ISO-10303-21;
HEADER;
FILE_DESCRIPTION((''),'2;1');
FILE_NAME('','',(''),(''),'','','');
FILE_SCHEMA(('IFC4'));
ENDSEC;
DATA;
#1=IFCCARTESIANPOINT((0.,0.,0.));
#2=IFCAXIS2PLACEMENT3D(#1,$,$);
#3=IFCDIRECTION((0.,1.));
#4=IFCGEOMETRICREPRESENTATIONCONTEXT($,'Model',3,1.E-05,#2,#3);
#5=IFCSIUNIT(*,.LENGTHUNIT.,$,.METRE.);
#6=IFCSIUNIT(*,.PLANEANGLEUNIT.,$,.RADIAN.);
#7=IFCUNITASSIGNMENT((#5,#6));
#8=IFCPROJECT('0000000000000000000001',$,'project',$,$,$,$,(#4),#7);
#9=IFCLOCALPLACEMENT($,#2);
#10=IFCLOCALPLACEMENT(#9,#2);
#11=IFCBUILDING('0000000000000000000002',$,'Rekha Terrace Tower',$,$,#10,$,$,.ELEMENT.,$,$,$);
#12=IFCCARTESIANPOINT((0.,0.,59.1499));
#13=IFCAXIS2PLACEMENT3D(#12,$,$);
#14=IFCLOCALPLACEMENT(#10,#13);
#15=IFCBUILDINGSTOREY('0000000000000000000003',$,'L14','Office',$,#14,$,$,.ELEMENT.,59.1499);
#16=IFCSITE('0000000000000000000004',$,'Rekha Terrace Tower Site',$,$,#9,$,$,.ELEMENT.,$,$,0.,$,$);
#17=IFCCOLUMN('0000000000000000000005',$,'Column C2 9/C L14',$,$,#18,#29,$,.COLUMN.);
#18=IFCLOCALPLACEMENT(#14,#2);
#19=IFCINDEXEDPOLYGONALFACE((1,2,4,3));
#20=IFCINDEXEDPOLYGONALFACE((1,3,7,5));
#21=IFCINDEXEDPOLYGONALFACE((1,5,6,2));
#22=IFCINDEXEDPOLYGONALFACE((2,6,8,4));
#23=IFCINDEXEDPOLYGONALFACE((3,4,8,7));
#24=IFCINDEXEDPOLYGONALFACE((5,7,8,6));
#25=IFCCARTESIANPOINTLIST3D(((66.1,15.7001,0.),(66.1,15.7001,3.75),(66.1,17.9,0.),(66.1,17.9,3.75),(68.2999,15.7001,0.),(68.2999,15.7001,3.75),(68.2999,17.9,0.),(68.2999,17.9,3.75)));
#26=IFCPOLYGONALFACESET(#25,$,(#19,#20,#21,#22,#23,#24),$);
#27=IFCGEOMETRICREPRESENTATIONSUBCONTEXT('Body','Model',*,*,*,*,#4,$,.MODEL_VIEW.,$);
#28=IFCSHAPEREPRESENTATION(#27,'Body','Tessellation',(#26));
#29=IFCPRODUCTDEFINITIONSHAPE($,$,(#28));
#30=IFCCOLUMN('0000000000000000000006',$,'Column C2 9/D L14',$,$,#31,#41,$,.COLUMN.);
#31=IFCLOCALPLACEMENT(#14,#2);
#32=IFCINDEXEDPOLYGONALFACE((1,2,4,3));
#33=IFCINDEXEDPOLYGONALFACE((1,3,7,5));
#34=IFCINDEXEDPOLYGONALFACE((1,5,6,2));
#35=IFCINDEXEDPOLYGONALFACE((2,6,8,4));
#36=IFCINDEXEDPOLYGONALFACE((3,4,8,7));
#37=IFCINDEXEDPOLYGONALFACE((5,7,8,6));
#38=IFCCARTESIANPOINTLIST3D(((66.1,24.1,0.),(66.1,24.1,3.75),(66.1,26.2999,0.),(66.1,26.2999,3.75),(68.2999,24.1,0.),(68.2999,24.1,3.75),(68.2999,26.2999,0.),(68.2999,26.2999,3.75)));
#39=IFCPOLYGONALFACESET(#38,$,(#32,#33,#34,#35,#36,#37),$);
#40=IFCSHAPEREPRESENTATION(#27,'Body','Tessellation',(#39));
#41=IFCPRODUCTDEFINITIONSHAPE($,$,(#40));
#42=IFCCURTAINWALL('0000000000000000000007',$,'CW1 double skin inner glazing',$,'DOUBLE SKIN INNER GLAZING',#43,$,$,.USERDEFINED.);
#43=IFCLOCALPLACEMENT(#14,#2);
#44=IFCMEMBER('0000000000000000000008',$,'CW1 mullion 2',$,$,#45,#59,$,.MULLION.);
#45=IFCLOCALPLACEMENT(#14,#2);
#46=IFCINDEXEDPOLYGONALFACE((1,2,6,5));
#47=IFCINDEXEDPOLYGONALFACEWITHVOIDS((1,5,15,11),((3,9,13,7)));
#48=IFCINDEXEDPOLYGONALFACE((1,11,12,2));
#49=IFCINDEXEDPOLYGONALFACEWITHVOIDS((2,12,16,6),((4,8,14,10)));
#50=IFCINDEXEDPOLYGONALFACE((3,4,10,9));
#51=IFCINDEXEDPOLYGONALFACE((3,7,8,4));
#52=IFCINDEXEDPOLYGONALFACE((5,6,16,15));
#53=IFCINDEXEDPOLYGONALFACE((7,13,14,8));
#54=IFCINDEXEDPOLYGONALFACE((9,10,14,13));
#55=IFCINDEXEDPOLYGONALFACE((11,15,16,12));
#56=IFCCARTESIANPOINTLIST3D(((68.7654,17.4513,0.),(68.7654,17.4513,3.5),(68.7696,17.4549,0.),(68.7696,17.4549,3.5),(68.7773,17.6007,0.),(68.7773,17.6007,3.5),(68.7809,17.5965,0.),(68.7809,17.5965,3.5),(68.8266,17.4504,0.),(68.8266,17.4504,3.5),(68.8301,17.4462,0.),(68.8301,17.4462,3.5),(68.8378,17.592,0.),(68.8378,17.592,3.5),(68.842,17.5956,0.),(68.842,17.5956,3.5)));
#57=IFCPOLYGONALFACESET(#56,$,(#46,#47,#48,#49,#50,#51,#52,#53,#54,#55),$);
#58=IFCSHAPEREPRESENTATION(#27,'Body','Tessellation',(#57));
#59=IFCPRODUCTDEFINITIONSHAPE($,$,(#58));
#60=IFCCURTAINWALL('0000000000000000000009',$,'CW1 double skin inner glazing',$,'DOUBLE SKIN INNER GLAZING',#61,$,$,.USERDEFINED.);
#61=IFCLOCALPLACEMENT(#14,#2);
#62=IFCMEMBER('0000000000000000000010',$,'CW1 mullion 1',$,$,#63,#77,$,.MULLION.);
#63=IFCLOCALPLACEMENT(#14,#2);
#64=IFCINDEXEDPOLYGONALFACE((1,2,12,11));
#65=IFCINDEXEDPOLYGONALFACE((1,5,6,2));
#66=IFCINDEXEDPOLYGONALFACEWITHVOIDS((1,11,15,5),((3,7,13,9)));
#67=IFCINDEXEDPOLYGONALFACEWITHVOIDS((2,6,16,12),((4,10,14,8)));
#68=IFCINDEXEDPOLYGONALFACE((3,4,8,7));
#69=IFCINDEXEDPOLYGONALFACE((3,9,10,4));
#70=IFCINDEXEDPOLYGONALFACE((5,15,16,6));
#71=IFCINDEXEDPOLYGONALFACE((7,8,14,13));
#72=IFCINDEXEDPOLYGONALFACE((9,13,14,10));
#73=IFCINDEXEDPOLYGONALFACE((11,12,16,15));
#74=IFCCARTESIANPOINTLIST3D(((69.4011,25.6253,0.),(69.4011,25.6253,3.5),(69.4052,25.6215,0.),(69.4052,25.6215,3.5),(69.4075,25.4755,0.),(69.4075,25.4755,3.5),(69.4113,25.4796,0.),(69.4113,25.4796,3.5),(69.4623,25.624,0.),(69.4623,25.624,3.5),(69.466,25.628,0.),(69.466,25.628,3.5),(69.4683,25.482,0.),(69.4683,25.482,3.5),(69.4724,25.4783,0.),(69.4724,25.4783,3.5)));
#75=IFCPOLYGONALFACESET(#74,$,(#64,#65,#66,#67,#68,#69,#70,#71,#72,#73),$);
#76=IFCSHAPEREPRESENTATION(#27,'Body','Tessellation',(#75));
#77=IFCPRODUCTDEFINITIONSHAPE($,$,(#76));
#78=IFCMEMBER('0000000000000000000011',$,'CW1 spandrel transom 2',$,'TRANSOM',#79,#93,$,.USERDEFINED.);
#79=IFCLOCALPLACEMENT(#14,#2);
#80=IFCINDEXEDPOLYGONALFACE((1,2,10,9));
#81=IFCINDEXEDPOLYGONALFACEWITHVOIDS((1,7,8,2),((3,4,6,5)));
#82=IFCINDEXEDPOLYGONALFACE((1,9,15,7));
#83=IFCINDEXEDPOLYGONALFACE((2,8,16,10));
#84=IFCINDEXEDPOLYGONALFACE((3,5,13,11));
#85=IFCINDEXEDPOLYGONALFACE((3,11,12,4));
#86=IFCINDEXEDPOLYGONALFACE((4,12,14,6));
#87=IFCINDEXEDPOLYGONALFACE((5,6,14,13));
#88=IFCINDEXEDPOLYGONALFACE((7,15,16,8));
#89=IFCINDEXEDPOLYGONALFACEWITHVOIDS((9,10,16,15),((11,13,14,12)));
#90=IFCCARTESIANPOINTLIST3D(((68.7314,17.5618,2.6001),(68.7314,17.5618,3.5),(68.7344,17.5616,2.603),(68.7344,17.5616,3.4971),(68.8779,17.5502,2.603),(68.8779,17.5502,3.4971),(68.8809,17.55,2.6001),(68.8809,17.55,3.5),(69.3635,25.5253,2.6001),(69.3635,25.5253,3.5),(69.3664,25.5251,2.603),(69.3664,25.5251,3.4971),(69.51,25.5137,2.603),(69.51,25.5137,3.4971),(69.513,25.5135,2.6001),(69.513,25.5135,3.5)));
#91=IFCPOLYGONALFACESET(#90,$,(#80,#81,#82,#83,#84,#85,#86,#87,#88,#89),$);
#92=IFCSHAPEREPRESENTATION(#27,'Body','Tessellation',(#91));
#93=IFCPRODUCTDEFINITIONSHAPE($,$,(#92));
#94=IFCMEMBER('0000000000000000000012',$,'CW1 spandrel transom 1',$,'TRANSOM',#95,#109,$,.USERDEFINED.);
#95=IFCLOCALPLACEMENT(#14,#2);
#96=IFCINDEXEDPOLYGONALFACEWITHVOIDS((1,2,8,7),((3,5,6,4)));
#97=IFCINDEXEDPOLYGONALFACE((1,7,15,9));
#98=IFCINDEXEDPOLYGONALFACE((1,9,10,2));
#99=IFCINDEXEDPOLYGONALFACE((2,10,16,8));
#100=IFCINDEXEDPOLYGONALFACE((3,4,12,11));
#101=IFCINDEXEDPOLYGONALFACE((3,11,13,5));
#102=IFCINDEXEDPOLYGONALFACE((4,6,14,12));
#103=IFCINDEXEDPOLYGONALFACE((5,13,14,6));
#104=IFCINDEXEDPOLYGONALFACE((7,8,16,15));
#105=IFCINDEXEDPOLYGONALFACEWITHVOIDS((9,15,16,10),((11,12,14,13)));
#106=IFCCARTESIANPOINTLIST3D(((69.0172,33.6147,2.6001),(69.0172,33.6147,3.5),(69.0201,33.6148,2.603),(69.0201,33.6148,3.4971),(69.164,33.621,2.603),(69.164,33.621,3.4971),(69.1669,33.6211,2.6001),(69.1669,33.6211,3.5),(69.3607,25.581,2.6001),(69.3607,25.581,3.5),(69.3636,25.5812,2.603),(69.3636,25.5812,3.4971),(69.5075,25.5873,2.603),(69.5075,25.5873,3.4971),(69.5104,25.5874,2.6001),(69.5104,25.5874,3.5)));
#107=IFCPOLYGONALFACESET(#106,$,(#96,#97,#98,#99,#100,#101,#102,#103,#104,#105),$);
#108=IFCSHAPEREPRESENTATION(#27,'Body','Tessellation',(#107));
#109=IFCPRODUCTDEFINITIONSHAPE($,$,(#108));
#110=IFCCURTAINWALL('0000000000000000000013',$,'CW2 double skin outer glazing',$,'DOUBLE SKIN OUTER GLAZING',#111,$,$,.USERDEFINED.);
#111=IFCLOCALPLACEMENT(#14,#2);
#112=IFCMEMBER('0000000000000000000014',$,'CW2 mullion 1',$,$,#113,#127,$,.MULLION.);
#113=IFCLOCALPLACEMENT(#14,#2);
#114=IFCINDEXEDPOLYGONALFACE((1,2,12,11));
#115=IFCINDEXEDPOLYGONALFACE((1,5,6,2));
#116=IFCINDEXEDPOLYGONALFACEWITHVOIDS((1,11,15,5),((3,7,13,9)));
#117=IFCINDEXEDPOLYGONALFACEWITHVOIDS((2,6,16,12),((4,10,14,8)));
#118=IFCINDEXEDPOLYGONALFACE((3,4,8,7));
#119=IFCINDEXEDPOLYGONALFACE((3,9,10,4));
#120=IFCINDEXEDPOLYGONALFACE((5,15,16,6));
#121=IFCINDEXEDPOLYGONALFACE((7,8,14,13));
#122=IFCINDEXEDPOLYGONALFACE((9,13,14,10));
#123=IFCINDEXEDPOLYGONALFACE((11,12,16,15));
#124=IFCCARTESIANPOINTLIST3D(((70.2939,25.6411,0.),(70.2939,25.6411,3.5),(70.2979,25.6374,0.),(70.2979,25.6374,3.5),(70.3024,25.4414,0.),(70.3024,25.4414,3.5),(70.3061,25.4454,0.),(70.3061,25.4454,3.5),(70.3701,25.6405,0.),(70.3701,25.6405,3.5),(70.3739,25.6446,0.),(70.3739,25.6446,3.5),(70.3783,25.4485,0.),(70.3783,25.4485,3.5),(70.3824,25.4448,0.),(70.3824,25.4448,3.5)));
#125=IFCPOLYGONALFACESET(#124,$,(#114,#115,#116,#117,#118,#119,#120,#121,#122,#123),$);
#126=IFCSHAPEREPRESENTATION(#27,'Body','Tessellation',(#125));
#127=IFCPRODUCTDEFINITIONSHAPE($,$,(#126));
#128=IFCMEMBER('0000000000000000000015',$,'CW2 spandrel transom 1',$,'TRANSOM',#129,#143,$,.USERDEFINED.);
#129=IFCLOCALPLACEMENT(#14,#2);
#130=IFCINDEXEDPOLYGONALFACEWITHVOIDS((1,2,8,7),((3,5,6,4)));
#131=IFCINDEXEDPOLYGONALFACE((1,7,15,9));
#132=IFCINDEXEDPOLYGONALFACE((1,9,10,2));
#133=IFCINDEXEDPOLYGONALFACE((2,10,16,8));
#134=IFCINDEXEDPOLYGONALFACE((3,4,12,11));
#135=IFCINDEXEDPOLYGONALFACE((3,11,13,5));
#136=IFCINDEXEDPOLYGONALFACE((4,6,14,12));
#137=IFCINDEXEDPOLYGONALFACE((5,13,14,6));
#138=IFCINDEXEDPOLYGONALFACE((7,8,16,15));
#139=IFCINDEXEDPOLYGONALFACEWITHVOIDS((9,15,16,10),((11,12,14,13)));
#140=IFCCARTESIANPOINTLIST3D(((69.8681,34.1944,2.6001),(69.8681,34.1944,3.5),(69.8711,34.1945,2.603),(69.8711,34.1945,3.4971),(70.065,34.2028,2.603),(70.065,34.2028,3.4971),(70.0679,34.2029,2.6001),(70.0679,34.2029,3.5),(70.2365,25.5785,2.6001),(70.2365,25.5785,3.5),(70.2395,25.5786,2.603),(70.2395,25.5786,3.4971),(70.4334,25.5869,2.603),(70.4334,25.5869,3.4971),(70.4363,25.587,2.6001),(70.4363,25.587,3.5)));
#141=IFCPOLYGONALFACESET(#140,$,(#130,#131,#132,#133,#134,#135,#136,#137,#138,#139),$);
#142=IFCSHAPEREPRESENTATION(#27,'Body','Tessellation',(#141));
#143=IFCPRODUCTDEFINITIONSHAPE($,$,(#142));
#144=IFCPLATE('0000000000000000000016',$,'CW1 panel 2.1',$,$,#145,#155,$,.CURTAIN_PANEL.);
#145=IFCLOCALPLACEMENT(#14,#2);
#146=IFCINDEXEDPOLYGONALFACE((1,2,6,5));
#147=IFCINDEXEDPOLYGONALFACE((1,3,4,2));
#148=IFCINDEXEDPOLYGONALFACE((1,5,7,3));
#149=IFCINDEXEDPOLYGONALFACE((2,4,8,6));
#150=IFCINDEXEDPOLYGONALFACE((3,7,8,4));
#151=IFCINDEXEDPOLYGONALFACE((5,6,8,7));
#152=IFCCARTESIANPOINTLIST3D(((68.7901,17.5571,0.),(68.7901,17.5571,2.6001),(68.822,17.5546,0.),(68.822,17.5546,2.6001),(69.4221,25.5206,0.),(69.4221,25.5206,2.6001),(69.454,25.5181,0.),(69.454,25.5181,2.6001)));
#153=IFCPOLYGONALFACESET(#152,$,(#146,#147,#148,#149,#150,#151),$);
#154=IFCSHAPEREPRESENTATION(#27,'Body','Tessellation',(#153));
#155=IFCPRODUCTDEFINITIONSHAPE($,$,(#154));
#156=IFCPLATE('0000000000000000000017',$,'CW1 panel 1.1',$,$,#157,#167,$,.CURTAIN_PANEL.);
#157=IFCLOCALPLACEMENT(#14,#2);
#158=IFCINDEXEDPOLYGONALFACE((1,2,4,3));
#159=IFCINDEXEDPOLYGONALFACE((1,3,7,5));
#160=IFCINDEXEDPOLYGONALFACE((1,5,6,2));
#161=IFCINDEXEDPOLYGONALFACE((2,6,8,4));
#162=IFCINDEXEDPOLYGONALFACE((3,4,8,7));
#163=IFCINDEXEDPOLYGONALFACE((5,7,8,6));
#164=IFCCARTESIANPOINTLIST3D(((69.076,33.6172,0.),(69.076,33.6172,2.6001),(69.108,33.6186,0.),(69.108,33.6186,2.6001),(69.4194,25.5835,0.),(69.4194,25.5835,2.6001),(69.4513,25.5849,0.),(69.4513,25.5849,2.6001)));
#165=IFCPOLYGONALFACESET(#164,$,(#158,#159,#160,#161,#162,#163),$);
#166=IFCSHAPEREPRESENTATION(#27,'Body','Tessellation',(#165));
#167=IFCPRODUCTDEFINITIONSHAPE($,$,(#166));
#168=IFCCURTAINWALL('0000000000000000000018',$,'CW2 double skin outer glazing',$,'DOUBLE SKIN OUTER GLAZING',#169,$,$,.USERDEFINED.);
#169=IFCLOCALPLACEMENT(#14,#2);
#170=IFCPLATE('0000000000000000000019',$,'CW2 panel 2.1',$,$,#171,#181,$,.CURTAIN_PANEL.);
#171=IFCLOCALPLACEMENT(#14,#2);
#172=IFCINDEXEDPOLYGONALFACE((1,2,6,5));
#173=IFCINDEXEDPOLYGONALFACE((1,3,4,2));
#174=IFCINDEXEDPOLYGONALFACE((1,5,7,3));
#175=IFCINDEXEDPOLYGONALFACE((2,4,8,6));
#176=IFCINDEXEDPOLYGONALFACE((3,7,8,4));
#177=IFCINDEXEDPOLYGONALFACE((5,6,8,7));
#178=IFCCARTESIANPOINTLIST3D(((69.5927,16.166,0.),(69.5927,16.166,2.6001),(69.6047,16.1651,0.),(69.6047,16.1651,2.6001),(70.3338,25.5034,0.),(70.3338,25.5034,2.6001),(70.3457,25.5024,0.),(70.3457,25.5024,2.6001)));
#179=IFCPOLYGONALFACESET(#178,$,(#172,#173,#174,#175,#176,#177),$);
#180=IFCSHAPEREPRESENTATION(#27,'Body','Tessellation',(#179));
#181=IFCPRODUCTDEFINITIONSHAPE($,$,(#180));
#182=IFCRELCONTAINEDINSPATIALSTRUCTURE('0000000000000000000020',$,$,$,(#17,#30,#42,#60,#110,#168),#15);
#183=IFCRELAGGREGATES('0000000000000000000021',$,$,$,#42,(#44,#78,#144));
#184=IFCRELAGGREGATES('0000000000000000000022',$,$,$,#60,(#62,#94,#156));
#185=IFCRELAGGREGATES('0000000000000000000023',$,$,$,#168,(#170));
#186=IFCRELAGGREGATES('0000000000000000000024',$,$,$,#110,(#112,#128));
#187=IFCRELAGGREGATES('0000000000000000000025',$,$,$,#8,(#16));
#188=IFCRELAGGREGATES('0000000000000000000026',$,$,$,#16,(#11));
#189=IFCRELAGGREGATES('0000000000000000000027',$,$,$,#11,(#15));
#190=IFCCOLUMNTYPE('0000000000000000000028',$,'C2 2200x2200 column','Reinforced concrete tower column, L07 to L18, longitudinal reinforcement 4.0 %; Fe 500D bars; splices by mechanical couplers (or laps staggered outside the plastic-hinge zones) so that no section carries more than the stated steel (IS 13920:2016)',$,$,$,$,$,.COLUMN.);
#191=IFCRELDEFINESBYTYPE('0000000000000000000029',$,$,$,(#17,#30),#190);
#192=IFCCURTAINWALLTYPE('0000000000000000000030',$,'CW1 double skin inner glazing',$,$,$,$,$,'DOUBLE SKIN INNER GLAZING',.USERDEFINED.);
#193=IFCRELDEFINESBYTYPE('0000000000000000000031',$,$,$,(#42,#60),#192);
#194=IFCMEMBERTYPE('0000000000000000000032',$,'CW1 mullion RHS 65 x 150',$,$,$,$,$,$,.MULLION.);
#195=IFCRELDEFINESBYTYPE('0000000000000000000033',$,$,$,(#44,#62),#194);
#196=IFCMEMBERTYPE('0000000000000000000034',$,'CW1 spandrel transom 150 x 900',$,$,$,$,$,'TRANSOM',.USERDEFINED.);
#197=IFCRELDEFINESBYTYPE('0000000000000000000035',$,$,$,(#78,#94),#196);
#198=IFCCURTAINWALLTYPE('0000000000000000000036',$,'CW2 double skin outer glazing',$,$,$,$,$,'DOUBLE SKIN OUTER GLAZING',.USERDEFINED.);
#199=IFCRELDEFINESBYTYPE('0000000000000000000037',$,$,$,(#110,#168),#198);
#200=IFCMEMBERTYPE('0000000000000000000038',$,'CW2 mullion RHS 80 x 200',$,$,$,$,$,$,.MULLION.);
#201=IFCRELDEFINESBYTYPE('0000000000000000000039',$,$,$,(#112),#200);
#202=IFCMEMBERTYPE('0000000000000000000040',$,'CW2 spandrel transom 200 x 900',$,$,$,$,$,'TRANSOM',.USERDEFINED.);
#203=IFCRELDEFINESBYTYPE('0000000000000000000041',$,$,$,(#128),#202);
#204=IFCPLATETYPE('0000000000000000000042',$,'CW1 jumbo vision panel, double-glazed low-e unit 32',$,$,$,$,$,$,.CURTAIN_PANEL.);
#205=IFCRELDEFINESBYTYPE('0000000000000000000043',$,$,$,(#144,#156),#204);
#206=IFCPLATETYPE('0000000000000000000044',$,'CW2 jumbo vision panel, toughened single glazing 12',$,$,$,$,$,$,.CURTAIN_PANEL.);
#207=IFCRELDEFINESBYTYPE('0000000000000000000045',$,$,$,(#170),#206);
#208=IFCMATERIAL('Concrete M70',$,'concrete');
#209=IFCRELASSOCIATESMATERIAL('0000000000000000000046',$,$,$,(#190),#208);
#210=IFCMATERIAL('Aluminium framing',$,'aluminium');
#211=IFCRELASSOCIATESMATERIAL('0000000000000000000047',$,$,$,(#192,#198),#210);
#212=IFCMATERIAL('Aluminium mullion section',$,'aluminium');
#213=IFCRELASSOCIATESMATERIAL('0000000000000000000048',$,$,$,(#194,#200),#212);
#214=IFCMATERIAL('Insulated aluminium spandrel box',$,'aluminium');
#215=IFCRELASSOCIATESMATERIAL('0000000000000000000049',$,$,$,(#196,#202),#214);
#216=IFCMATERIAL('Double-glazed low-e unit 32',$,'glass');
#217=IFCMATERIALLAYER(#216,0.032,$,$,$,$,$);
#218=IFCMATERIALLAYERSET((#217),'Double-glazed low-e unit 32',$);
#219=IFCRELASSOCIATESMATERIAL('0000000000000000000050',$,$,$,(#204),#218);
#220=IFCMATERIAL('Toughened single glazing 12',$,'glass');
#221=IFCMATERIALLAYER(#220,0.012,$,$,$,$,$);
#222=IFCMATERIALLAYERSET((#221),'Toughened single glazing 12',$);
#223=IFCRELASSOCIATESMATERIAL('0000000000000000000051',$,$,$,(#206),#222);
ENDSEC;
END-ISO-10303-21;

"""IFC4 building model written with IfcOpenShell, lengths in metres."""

from ifc_helpers import new_model, si_unit, direction, frame, origin, origin_2d, place, context, subcontext, project, spatial, rectangle, hollow_rectangle, extrude, material, layer, layer_set, material_profile, profile_set, type_object, element, aggregate, save


model = new_model("IFC4")

# Units and contexts
model_context = context("Model", 3, precision=1e-05, world=origin(), true_north=direction((0.0, 1.0)))
body_context = subcontext(model_context, "Body", "Model", "MODEL_VIEW")
ifc_project = project(units=[si_unit("LENGTHUNIT", "METRE"), si_unit("PLANEANGLEUNIT", "RADIAN")], contexts=[model_context])

# Site, building, storey
site_placement = place(None, origin())
site = spatial("IfcSite", under=ifc_project, at=site_placement, Name="Rekha Terrace Tower Site", CompositionType="ELEMENT", RefElevation=0.0)
building_placement = place(site_placement, origin())
building = spatial("IfcBuilding", under=site, at=building_placement, Name="Rekha Terrace Tower", CompositionType="ELEMENT")
storey_placement = place(building_placement, frame((0.0, 0.0, 59.1499)))
storey = spatial("IfcBuildingStorey", under=building, at=storey_placement, Name="L14", Description="Office", CompositionType="ELEMENT", Elevation=59.1499)

# Columns
ifc_material_1 = material(Name="Concrete M70", Category="concrete")
ifc_material_profile_1 = material_profile(ifc_material_1, rectangle(XDim=2.2, YDim=2.2, at=origin_2d()), Name="RC 2200x2200")
ifc_profile_set_1 = profile_set([ifc_material_profile_1], Name="Concrete M70")
column_type = type_object("IfcColumnType", Name="C2 2200x2200 column", Description="Reinforced concrete tower column, L07 to L18, longitudinal reinforcement 4.0 %; Fe 500D bars; splices by mechanical couplers (or laps staggered outside the plastic-hinge zones) so that no section carries more than the stated steel (IS 13920:2016)", PredefinedType="COLUMN", material=ifc_profile_set_1)
for number, where, z_axis, x_axis, name in (
    (1, (67.2, 16.8, 0.0), (0.0, 0.0, 1.0), (1.0, 0.0, 0.0), "Column C2 9/C L14"),
    (2, (67.2, 25.2, 0.0), (0.0, 0.0, 1.0), (1.0, 0.0, 0.0), "Column C2 9/D L14"),
):
    element("IfcColumn", number, at=place(storey_placement, frame(where, z_axis=z_axis, x_axis=x_axis)), inside=storey, type_object=column_type, Name=name, PredefinedType="COLUMN", context=body_context, shape_type="SweptSolid", body=[
        extrude(rectangle(XDim=2.2, YDim=2.2, at=origin_2d()), origin(), (0.0, 0.0, 1.0), 3.75),
    ])

# Curtain walls, members
ifc_material_2 = material(Name="Aluminium framing", Category="aluminium")
curtain_wall_type_1 = type_object("IfcCurtainWallType", Name="CW1 double skin inner glazing", ElementType="DOUBLE SKIN INNER GLAZING", PredefinedType="USERDEFINED", material=ifc_material_2)
curtain_wall_1_placement = place(storey_placement, origin())
curtain_wall_1 = element("IfcCurtainWall", 3, at=curtain_wall_1_placement, inside=storey, type_object=curtain_wall_type_1, Name="CW1 double skin inner glazing", ObjectType="DOUBLE SKIN INNER GLAZING", PredefinedType="USERDEFINED")
ifc_material_3 = material(Name="Aluminium mullion section", Category="aluminium")
ifc_material_profile_2 = material_profile(ifc_material_3, hollow_rectangle(XDim=0.0649, YDim=0.1499, WallThickness=0.0039, at=origin_2d()), Name="AL RHS 65x150")
ifc_profile_set_2 = profile_set([ifc_material_profile_2], Name="Aluminium mullion section")
member_type_1 = type_object("IfcMemberType", Name="CW1 mullion RHS 65 x 150", PredefinedType="MULLION", material=ifc_profile_set_2)
member_1_placement = place(storey_placement, frame((68.8037, 17.5234, 0.0), z_axis=(0.0, 0.0, 1.0), x_axis=(-0.996865, 0.079116, 0.0)))
member_1 = element("IfcMember", 4, at=member_1_placement, type_object=member_type_1, Name="CW1 mullion 2", PredefinedType="MULLION", context=body_context, shape_type="SweptSolid", body=[
    extrude(hollow_rectangle(XDim=0.0649, YDim=0.1499, WallThickness=0.0039, at=origin_2d()), origin(), (0.0, 0.0, 1.0), 3.5),
])
curtain_wall_2_placement = place(storey_placement, origin())
curtain_wall_2 = element("IfcCurtainWall", 5, at=curtain_wall_2_placement, inside=storey, type_object=curtain_wall_type_1, Name="CW1 double skin inner glazing", ObjectType="DOUBLE SKIN INNER GLAZING", PredefinedType="USERDEFINED")
member_2_placement = place(storey_placement, frame((69.4368, 25.5518, 0.0), z_axis=(0.0, 0.0, 1.0), x_axis=(-0.999088, -0.042696, 0.0)))
member_2 = element("IfcMember", 6, at=member_2_placement, type_object=member_type_1, Name="CW1 mullion 1", PredefinedType="MULLION", context=body_context, shape_type="SweptSolid", body=[
    extrude(hollow_rectangle(XDim=0.0649, YDim=0.1499, WallThickness=0.0039, at=origin_2d()), origin(), (0.0, 0.0, 1.0), 3.5),
])

# Members
ifc_material_4 = material(Name="Insulated aluminium spandrel box", Category="aluminium")
ifc_material_profile_3 = material_profile(ifc_material_4, hollow_rectangle(XDim=0.1499, YDim=0.8999, WallThickness=0.0029, at=origin_2d()), Name="AL SPANDREL BOX 150x900")
ifc_profile_set_3 = profile_set([ifc_material_profile_3], Name="Insulated aluminium spandrel box")
member_type_2 = type_object("IfcMemberType", Name="CW1 spandrel transom 150 x 900", ElementType="TRANSOM", PredefinedType="USERDEFINED", material=ifc_profile_set_3)
member_3_placement = place(storey_placement, frame((68.8062, 17.5559, 3.05), z_axis=(0.079124, 0.996865, 0.0), x_axis=(-0.996865, 0.079124, 0.0)))
member_3 = element("IfcMember", 7, at=member_3_placement, type_object=member_type_2, Name="CW1 spandrel transom 2", ObjectType="TRANSOM", PredefinedType="USERDEFINED", context=body_context, shape_type="SweptSolid", body=[
    extrude(hollow_rectangle(XDim=0.1499, YDim=0.8999, WallThickness=0.0029, at=origin_2d()), origin(), (0.0, 0.0, 1.0), 7.9885),
])
member_4_placement = place(storey_placement, frame((69.4355, 25.5842, 3.05), z_axis=(-0.042719, 0.999087, 0.0), x_axis=(-0.999087, -0.042719, 0.0)))
member_4 = element("IfcMember", 8, at=member_4_placement, type_object=member_type_2, Name="CW1 spandrel transom 1", ObjectType="TRANSOM", PredefinedType="USERDEFINED", context=body_context, shape_type="SweptSolid", body=[
    extrude(hollow_rectangle(XDim=0.1499, YDim=0.8999, WallThickness=0.0029, at=origin_2d()), origin(), (0.0, 0.0, 1.0), 8.041),
])

# Curtain wall, members
curtain_wall_type_2 = type_object("IfcCurtainWallType", Name="CW2 double skin outer glazing", ElementType="DOUBLE SKIN OUTER GLAZING", PredefinedType="USERDEFINED", material=ifc_material_2)
curtain_wall_3_placement = place(storey_placement, origin())
curtain_wall_3 = element("IfcCurtainWall", 9, at=curtain_wall_3_placement, inside=storey, type_object=curtain_wall_type_2, Name="CW2 double skin outer glazing", ObjectType="DOUBLE SKIN OUTER GLAZING", PredefinedType="USERDEFINED")
ifc_material_profile_4 = material_profile(ifc_material_3, hollow_rectangle(XDim=0.0801, YDim=0.2, WallThickness=0.0039, at=origin_2d()), Name="AL RHS 80x200")
ifc_profile_set_4 = profile_set([ifc_material_profile_4], Name="Aluminium mullion section")
member_type_3 = type_object("IfcMemberType", Name="CW2 mullion RHS 80 x 200", PredefinedType="MULLION", material=ifc_profile_set_4)
member_5_placement = place(storey_placement, frame((70.3381, 25.543, 0.0), z_axis=(0.0, 0.0, 1.0), x_axis=(-0.999088, -0.042696, 0.0)))
member_5 = element("IfcMember", 10, at=member_5_placement, type_object=member_type_3, Name="CW2 mullion 1", PredefinedType="MULLION", context=body_context, shape_type="SweptSolid", body=[
    extrude(hollow_rectangle(XDim=0.0801, YDim=0.2, WallThickness=0.0039, at=origin_2d()), origin(), (0.0, 0.0, 1.0), 3.5),
])
ifc_material_profile_5 = material_profile(ifc_material_4, hollow_rectangle(XDim=0.2, YDim=0.8999, WallThickness=0.0029, at=origin_2d()), Name="AL SPANDREL BOX 200x900")
ifc_profile_set_5 = profile_set([ifc_material_profile_5], Name="Insulated aluminium spandrel box")
member_type_4 = type_object("IfcMemberType", Name="CW2 spandrel transom 200 x 900", ElementType="TRANSOM", PredefinedType="USERDEFINED", material=ifc_profile_set_5)
member_6_placement = place(storey_placement, frame((70.3364, 25.5828, 3.05), z_axis=(-0.04272, 0.999087, 0.0), x_axis=(-0.999087, -0.04272, 0.0)))
member_6 = element("IfcMember", 11, at=member_6_placement, type_object=member_type_4, Name="CW2 spandrel transom 1", ObjectType="TRANSOM", PredefinedType="USERDEFINED", context=body_context, shape_type="SweptSolid", body=[
    extrude(hollow_rectangle(XDim=0.2, YDim=0.8999, WallThickness=0.0029, at=origin_2d()), origin(), (0.0, 0.0, 1.0), 8.6238),
])

# Plates
ifc_material_5 = material(Name="Double-glazed low-e unit 32", Category="glass")
ifc_layer_1 = layer(ifc_material_5, 0.032)
ifc_layer_set_1 = layer_set([ifc_layer_1], Name="Double-glazed low-e unit 32")
plate_type_1 = type_object("IfcPlateType", Name="CW1 jumbo vision panel, double-glazed low-e unit 32", PredefinedType="CURTAIN_PANEL", material=ifc_layer_set_1)
plate_1_placement = place(storey_placement, frame((69.1221, 21.5376, 0.0), z_axis=(0.0, 0.0, 1.0), x_axis=(0.079116, 0.996865, 0.0)))
plate_1 = element("IfcPlate", 12, at=plate_1_placement, type_object=plate_type_1, Name="CW1 panel 2.1", PredefinedType="CURTAIN_PANEL", context=body_context, shape_type="SweptSolid", body=[
    extrude(rectangle(XDim=7.9885, YDim=0.032, at=origin_2d()), origin(), (0.0, 0.0, 1.0), 2.6001),
])
aggregate(curtain_wall_1, [member_1, member_3, plate_1])
plate_2_placement = place(storey_placement, frame((69.2637, 29.6011, 0.0), z_axis=(0.0, 0.0, 1.0), x_axis=(-0.042696, 0.999088, 0.0)))
plate_2 = element("IfcPlate", 13, at=plate_2_placement, type_object=plate_type_1, Name="CW1 panel 1.1", PredefinedType="CURTAIN_PANEL", context=body_context, shape_type="SweptSolid", body=[
    extrude(rectangle(XDim=8.041, YDim=0.032, at=origin_2d()), origin(), (0.0, 0.0, 1.0), 2.6001),
])
aggregate(curtain_wall_2, [member_2, member_4, plate_2])

# Curtain wall, plate
curtain_wall_4_placement = place(storey_placement, origin())
curtain_wall_4 = element("IfcCurtainWall", 14, at=curtain_wall_4_placement, inside=storey, type_object=curtain_wall_type_2, Name="CW2 double skin outer glazing", ObjectType="DOUBLE SKIN OUTER GLAZING", PredefinedType="USERDEFINED")
ifc_material_6 = material(Name="Toughened single glazing 12", Category="glass")
ifc_layer_2 = layer(ifc_material_6, 0.012)
ifc_layer_set_2 = layer_set([ifc_layer_2], Name="Toughened single glazing 12")
plate_type_2 = type_object("IfcPlateType", Name="CW2 jumbo vision panel, toughened single glazing 12", PredefinedType="CURTAIN_PANEL", material=ifc_layer_set_2)
plate_3_placement = place(storey_placement, frame((69.9692, 20.8342, 0.0), z_axis=(0.0, 0.0, 1.0), x_axis=(0.079116, 0.996865, 0.0)))
plate_3 = element("IfcPlate", 15, at=plate_3_placement, type_object=plate_type_2, Name="CW2 panel 2.1", PredefinedType="CURTAIN_PANEL", context=body_context, shape_type="SweptSolid", body=[
    extrude(rectangle(XDim=9.3667, YDim=0.012, at=origin_2d()), origin(), (0.0, 0.0, 1.0), 2.6001),
])
aggregate(curtain_wall_4, [plate_3])

aggregate(curtain_wall_3, [member_5, member_6])

save(model, "model.ifc")
